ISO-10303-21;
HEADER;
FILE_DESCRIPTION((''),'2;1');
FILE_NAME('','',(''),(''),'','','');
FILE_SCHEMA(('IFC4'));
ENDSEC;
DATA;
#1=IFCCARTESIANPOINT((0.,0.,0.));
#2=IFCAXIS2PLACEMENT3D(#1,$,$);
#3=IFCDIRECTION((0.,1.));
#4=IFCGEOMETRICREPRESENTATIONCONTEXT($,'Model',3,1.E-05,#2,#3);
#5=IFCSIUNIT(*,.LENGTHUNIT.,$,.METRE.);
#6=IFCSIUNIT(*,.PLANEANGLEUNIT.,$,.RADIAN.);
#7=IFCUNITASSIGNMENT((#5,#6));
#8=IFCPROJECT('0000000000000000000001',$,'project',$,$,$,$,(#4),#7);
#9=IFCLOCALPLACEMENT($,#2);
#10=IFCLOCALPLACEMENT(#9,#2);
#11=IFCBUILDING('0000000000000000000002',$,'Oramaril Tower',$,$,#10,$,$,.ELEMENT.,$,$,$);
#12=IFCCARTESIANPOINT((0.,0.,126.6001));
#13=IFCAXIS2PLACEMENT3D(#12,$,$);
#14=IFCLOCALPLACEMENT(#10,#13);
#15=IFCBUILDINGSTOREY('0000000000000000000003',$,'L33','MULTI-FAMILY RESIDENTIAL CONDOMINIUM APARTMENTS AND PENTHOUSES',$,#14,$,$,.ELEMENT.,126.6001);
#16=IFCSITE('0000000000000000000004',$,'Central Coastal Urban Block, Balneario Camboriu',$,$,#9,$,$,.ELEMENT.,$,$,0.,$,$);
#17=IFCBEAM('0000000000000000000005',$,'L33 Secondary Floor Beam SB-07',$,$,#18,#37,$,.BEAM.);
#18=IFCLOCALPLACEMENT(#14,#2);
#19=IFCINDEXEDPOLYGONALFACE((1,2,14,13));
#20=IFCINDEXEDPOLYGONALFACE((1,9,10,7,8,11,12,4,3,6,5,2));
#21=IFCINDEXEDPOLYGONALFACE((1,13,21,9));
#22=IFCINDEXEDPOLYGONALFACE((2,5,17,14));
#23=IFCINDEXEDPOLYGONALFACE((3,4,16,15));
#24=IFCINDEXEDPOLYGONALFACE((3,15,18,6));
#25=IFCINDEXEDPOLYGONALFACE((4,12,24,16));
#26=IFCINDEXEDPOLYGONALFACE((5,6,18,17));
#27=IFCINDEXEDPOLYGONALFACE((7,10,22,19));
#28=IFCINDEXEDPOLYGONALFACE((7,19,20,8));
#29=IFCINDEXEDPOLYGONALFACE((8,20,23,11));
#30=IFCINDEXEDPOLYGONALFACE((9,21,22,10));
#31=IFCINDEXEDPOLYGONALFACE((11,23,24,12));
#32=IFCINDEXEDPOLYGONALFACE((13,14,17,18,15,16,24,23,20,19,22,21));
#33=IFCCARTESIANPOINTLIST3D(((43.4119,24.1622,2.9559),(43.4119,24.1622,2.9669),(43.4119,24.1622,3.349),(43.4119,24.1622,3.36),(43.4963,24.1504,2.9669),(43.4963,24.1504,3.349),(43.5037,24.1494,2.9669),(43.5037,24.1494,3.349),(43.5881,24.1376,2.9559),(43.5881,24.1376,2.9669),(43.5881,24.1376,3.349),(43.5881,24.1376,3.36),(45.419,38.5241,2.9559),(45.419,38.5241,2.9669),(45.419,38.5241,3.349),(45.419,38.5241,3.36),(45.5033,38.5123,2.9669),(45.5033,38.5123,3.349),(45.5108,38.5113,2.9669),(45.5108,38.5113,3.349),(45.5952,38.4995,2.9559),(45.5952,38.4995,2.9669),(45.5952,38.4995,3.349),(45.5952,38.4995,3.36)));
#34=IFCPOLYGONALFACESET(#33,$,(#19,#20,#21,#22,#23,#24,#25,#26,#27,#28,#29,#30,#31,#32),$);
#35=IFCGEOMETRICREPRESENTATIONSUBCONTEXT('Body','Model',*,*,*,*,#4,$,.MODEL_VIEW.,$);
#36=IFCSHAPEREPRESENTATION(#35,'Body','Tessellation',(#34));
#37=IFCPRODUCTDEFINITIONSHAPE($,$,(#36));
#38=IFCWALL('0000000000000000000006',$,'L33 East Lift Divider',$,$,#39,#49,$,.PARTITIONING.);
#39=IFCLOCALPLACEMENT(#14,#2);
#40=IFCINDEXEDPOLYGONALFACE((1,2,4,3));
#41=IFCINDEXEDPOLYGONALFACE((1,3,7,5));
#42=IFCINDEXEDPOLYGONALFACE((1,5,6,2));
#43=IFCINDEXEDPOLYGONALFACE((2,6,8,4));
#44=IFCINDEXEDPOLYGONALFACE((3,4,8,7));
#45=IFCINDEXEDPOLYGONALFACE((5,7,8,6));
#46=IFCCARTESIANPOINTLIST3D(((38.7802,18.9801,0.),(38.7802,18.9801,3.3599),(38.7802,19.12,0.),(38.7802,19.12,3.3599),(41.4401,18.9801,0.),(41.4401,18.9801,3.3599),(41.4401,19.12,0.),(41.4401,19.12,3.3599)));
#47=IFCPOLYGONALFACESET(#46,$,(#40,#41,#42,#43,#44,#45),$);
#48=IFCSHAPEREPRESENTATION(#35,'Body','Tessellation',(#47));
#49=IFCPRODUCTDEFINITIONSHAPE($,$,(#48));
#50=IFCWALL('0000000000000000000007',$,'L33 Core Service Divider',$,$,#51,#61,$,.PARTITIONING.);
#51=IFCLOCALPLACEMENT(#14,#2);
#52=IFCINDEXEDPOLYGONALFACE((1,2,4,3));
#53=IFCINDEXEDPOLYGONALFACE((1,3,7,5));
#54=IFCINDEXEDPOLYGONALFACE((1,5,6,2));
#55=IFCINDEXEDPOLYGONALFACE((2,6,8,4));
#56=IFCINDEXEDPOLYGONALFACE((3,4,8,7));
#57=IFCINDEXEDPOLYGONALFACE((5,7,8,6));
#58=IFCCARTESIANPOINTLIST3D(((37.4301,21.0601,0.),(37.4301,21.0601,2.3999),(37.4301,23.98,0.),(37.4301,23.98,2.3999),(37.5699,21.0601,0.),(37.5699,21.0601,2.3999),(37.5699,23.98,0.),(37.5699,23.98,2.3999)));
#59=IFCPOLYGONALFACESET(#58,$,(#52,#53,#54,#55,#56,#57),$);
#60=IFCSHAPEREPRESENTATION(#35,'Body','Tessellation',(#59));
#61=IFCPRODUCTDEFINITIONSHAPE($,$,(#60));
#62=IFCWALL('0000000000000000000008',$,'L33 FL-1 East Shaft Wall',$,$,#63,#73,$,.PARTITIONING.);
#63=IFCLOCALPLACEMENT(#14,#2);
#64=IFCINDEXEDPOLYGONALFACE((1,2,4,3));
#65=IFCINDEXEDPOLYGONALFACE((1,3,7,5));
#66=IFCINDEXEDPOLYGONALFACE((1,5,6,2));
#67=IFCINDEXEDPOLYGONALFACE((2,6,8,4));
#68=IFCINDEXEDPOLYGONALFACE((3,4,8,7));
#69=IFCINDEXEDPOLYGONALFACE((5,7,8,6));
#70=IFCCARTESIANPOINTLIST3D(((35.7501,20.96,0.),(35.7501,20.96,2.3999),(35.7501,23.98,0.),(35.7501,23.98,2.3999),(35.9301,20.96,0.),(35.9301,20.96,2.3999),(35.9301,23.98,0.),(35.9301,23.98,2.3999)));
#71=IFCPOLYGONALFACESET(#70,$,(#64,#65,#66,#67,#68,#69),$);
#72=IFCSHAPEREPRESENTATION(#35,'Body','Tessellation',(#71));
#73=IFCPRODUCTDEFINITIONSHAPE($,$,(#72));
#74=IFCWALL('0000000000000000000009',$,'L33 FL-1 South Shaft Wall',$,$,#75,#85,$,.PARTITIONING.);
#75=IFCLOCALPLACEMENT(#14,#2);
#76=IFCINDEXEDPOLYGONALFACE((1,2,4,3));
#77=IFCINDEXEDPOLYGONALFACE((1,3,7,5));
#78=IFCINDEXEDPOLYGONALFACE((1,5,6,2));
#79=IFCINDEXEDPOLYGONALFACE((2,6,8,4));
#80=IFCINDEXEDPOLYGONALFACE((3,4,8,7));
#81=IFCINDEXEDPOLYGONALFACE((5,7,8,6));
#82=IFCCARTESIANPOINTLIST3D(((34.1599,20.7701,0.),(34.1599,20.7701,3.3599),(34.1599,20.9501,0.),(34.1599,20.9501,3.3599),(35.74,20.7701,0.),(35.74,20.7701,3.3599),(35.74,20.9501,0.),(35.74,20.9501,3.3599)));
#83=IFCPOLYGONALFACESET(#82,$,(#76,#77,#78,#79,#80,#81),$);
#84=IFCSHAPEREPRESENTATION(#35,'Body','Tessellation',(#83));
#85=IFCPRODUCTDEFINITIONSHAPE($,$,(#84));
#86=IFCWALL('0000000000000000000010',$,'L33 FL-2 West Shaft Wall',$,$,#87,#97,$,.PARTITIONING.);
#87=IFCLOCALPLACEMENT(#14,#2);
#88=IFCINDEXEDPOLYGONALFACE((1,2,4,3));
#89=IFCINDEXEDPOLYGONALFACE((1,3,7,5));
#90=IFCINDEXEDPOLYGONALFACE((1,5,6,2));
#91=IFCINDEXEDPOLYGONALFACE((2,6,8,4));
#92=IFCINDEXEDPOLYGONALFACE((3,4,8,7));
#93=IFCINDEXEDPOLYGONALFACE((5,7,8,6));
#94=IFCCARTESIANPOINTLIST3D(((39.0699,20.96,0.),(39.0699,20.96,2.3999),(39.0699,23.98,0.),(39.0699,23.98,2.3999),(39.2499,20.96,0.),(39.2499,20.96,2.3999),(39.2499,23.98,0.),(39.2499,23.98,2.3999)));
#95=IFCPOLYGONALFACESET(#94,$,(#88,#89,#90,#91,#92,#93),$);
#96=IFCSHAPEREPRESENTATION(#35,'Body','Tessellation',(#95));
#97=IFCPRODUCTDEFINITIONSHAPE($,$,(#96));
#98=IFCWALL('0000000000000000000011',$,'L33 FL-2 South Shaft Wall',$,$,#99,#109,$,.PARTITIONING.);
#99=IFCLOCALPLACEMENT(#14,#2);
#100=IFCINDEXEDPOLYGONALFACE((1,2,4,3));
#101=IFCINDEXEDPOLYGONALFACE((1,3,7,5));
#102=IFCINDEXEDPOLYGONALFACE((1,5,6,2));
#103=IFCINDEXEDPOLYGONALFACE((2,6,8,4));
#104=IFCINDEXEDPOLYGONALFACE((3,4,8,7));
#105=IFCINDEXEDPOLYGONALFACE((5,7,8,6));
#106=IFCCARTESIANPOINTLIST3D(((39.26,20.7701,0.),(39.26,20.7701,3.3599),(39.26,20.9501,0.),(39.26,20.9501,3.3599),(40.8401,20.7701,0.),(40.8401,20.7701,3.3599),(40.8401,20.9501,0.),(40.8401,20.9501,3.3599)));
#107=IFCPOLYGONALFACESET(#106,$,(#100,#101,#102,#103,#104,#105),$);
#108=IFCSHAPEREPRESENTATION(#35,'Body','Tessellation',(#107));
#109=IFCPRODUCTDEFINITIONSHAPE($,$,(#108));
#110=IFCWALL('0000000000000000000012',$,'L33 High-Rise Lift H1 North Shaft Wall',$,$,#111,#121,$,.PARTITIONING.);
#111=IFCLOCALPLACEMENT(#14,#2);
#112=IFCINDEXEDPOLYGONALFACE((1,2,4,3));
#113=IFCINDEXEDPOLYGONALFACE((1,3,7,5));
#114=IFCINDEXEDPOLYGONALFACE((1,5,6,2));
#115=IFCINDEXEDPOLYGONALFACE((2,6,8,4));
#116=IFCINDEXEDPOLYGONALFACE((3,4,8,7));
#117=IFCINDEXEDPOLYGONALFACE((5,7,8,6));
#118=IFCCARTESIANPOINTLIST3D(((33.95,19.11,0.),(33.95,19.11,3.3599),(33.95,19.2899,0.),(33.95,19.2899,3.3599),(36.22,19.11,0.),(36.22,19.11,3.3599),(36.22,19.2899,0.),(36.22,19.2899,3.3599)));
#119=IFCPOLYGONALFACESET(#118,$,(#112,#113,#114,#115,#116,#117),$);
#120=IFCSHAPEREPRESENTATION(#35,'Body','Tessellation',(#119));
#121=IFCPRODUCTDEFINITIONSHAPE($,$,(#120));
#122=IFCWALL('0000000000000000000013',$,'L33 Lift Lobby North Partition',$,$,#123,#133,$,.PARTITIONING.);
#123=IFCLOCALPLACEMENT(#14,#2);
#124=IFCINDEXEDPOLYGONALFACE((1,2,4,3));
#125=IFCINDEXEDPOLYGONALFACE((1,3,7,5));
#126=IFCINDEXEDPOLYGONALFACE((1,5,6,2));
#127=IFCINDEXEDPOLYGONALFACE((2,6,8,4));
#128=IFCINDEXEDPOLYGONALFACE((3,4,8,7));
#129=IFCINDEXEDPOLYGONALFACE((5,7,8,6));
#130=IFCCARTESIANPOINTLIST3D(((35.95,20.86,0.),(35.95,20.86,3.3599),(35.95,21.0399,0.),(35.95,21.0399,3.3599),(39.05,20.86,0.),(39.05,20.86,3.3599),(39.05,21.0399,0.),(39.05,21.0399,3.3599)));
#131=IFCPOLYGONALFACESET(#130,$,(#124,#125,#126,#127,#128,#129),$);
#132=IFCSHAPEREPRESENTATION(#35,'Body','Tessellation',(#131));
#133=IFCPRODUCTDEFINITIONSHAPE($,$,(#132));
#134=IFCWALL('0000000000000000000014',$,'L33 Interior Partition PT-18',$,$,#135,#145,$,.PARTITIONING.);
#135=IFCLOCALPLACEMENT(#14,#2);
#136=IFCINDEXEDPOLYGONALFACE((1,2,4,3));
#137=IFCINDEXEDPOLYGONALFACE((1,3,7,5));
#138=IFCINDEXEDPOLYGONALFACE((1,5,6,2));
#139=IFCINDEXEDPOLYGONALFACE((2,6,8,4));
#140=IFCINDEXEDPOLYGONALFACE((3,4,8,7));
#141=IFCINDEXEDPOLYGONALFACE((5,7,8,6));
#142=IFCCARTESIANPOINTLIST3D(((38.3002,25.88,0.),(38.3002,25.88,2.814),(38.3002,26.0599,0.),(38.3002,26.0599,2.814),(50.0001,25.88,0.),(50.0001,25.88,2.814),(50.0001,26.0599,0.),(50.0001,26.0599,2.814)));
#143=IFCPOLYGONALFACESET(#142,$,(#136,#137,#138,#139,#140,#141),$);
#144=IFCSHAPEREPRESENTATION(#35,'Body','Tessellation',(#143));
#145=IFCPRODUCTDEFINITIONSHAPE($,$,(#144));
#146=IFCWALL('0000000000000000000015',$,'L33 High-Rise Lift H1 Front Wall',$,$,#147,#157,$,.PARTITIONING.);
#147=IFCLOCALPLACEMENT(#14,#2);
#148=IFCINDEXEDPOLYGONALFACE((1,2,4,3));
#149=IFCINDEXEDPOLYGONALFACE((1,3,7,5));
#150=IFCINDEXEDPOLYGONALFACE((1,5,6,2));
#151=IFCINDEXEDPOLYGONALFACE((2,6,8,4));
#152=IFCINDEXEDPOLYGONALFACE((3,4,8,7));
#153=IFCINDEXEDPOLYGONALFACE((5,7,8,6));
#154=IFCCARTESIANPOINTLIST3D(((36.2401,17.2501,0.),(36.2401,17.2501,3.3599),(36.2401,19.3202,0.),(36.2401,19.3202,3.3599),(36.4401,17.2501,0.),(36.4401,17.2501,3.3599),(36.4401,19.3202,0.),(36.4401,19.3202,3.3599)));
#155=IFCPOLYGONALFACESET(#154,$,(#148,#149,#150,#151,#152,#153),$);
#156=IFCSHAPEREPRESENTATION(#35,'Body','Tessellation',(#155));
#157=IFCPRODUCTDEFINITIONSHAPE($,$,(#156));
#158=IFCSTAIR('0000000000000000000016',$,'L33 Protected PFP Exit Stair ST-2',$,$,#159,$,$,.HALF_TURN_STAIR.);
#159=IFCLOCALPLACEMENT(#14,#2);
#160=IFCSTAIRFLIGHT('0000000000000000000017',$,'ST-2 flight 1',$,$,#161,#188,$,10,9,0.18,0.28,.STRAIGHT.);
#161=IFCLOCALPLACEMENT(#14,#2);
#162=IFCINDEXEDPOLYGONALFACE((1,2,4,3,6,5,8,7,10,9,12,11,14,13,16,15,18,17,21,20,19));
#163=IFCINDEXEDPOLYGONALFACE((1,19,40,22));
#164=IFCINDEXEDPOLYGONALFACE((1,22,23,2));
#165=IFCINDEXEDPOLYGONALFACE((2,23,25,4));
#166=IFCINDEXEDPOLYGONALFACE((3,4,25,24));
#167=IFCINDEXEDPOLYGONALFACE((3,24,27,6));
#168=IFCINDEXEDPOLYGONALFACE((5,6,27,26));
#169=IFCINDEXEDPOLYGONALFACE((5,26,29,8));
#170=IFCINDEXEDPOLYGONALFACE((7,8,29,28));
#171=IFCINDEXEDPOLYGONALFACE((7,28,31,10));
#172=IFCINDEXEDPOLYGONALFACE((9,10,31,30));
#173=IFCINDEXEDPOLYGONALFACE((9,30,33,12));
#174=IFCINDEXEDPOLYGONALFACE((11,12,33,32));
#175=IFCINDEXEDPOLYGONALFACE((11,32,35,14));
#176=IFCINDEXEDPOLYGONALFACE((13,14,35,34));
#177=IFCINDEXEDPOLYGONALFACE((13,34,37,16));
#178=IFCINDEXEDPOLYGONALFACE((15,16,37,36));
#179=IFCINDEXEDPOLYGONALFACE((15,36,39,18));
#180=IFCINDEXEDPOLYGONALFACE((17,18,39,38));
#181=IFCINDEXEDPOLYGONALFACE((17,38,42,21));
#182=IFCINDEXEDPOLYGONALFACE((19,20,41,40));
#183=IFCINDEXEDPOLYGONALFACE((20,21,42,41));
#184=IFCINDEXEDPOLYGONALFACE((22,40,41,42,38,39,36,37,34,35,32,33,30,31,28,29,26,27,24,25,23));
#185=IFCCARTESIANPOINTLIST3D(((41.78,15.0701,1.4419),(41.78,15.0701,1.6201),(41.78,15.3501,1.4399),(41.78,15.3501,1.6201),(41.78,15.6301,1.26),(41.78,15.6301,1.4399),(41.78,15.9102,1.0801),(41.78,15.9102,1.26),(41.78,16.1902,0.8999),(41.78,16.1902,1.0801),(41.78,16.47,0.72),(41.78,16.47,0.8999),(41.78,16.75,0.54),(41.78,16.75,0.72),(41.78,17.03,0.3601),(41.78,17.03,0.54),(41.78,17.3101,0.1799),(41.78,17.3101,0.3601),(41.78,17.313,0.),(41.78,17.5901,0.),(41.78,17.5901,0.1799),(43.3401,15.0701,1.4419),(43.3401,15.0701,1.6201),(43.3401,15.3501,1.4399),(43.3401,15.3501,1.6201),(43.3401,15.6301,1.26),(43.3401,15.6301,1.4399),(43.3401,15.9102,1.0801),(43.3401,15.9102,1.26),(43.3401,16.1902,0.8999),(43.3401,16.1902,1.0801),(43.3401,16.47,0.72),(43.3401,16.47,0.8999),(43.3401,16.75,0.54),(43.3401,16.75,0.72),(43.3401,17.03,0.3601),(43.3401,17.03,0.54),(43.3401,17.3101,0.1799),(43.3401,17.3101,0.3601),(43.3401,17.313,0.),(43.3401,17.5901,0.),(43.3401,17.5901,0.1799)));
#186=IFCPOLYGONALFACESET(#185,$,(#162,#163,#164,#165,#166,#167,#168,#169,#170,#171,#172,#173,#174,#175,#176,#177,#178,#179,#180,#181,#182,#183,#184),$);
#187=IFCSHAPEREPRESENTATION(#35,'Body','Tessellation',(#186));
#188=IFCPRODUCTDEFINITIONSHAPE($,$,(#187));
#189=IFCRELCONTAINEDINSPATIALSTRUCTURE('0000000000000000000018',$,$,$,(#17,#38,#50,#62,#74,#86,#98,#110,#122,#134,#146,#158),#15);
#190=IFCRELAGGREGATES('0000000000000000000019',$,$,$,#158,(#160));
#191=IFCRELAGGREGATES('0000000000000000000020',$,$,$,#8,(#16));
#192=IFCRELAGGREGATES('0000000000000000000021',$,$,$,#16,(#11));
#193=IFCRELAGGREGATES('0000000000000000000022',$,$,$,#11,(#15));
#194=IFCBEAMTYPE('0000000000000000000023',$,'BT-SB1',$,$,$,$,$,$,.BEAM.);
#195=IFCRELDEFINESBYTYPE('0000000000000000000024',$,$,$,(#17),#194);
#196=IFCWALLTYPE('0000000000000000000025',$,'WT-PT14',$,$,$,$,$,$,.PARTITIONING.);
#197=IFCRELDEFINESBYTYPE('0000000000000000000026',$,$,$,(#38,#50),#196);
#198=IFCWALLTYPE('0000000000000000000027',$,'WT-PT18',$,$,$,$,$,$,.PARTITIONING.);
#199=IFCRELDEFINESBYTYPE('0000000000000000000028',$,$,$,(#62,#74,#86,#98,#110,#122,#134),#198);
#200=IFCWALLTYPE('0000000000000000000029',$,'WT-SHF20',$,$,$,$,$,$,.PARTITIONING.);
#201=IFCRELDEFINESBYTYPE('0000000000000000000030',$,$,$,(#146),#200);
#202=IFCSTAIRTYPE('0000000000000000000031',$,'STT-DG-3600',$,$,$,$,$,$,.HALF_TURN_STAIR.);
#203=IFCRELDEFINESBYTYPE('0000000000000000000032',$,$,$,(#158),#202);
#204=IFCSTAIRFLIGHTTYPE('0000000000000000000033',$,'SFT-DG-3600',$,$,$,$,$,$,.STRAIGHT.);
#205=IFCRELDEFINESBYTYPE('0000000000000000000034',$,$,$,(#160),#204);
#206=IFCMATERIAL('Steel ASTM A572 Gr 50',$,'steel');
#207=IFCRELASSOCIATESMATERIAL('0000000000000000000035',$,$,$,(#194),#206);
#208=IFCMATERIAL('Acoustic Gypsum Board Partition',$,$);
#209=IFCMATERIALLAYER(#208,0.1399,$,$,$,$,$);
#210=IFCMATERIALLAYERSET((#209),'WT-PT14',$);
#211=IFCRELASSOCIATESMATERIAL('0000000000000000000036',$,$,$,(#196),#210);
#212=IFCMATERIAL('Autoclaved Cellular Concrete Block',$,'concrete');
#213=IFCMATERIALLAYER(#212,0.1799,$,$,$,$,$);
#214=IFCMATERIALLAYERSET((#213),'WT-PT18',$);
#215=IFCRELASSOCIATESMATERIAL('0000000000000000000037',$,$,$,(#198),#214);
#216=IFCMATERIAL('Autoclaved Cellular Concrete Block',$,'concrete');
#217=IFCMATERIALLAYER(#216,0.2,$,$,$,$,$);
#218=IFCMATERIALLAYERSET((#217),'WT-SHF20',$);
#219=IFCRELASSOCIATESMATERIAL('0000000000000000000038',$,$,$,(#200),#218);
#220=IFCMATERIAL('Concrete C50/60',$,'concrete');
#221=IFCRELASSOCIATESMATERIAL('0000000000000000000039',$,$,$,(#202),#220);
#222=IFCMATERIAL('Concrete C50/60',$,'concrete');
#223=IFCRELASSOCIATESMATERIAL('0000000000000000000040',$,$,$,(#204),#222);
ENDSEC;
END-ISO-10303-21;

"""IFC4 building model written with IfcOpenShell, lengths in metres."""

from ifc_helpers import new_model, si_unit, direction, frame, frame_2d, origin, origin_2d, place, context, subcontext, project, spatial, polyline, rectangle, i_section, outline, extrude, material, layer, layer_set, material_profile, profile_set, type_object, element, aggregate, save


model = new_model("IFC4")

# Units and contexts
model_context = context("Model", 3, precision=1e-05, world=origin(), true_north=direction((0.0, 1.0)))
body_context = subcontext(model_context, "Body", "Model", "MODEL_VIEW")
ifc_project = project(units=[si_unit("LENGTHUNIT", "METRE"), si_unit("PLANEANGLEUNIT", "RADIAN")], contexts=[model_context])

# Site, building, storey
site_placement = place(None, origin())
site = spatial("IfcSite", under=ifc_project, at=site_placement, Name="Central Coastal Urban Block, Balneario Camboriu", CompositionType="ELEMENT", RefElevation=0.0)
building_placement = place(site_placement, origin())
building = spatial("IfcBuilding", under=site, at=building_placement, Name="Oramaril Tower", CompositionType="ELEMENT")
storey_placement = place(building_placement, frame((0.0, 0.0, 126.6001)))
storey = spatial("IfcBuildingStorey", under=building, at=storey_placement, Name="L33", Description="MULTI-FAMILY RESIDENTIAL CONDOMINIUM APARTMENTS AND PENTHOUSES", CompositionType="ELEMENT", Elevation=126.6001)

# Beam
ifc_material_1 = material(Name="Steel ASTM A572 Gr 50", Category="steel")
ifc_material_profile = material_profile(ifc_material_1, i_section(OverallWidth=0.178, OverallDepth=0.4041, WebThickness=0.0076, FlangeThickness=0.011, at=origin_2d()), Name="W16X36")
ifc_profile_set = profile_set([ifc_material_profile], Name="Steel ASTM A572 Gr 50")
beam_type = type_object("IfcBeamType", Name="BT-SB1", PredefinedType="BEAM", material=ifc_profile_set)
beam_placement = place(storey_placement, frame((43.5, 24.1499, 3.158), z_axis=(0.138406, 0.990376, 0.0), x_axis=(-0.990376, 0.138406, 0.0)))
element("IfcBeam", 1, at=beam_placement, inside=storey, type_object=beam_type, Name="L33 Secondary Floor Beam SB-07", PredefinedType="BEAM", context=body_context, shape_type="SweptSolid", body=[
    extrude(i_section(OverallWidth=0.178, OverallDepth=0.4041, WebThickness=0.0076, FlangeThickness=0.011, at=origin_2d()), origin(), (0.0, 0.0, 1.0), 14.5015),
])

# Walls
ifc_material_2 = material(Name="Acoustic Gypsum Board Partition")
ifc_layer_1 = layer(ifc_material_2, 0.1399)
ifc_layer_set_1 = layer_set([ifc_layer_1], Name="WT-PT14")
wall_type_1 = type_object("IfcWallType", Name="WT-PT14", PredefinedType="PARTITIONING", material=ifc_layer_set_1)
wall_1_placement = place(storey_placement, frame((38.78, 19.05, 0.0), z_axis=(0.0, 0.0, 1.0), x_axis=(1.0, 0.0, 0.0)))
element("IfcWall", 2, at=wall_1_placement, inside=storey, type_object=wall_type_1, Name="L33 East Lift Divider", PredefinedType="PARTITIONING", context=body_context, shape_type="SweptSolid", body=[
    extrude(rectangle(XDim=2.6599, YDim=0.1399, at=frame_2d((1.3301, 0.0))), origin(), (0.0, 0.0, 1.0), 3.3599),
])
wall_2_placement = place(storey_placement, frame((37.5, 21.0601, 0.0), z_axis=(0.0, 0.0, 1.0), x_axis=(0.0, 1.0, 0.0)))
element("IfcWall", 3, at=wall_2_placement, inside=storey, type_object=wall_type_1, Name="L33 Core Service Divider", PredefinedType="PARTITIONING", context=body_context, shape_type="SweptSolid", body=[
    extrude(rectangle(XDim=2.9199, YDim=0.1399, at=frame_2d((1.46, 0.0))), origin(), (0.0, 0.0, 1.0), 2.3999),
])
ifc_material_3 = material(Name="Autoclaved Cellular Concrete Block", Category="concrete")
ifc_layer_2 = layer(ifc_material_3, 0.1799)
ifc_layer_set_2 = layer_set([ifc_layer_2], Name="WT-PT18")
wall_type_2 = type_object("IfcWallType", Name="WT-PT18", PredefinedType="PARTITIONING", material=ifc_layer_set_2)
wall_3_placement = place(storey_placement, frame((35.8401, 20.96, 0.0), z_axis=(0.0, 0.0, 1.0), x_axis=(0.0, 1.0, 0.0)))
element("IfcWall", 4, at=wall_3_placement, inside=storey, type_object=wall_type_2, Name="L33 FL-1 East Shaft Wall", PredefinedType="PARTITIONING", context=body_context, shape_type="SweptSolid", body=[
    extrude(rectangle(XDim=3.02, YDim=0.1799, at=frame_2d((1.51, 0.0))), origin(), (0.0, 0.0, 1.0), 2.3999),
])
wall_4_placement = place(storey_placement, frame((34.1599, 20.8601, 0.0), z_axis=(0.0, 0.0, 1.0), x_axis=(1.0, 0.0, 0.0)))
element("IfcWall", 5, at=wall_4_placement, inside=storey, type_object=wall_type_2, Name="L33 FL-1 South Shaft Wall", PredefinedType="PARTITIONING", context=body_context, shape_type="SweptSolid", body=[
    extrude(rectangle(XDim=1.5801, YDim=0.1799, at=frame_2d((0.79, 0.0))), origin(), (0.0, 0.0, 1.0), 3.3599),
])
wall_5_placement = place(storey_placement, frame((39.1599, 20.96, 0.0), z_axis=(0.0, 0.0, 1.0), x_axis=(0.0, 1.0, 0.0)))
element("IfcWall", 6, at=wall_5_placement, inside=storey, type_object=wall_type_2, Name="L33 FL-2 West Shaft Wall", PredefinedType="PARTITIONING", context=body_context, shape_type="SweptSolid", body=[
    extrude(rectangle(XDim=3.02, YDim=0.1799, at=frame_2d((1.51, 0.0))), origin(), (0.0, 0.0, 1.0), 2.3999),
])
wall_6_placement = place(storey_placement, frame((39.26, 20.8601, 0.0), z_axis=(0.0, 0.0, 1.0), x_axis=(1.0, 0.0, 0.0)))
element("IfcWall", 7, at=wall_6_placement, inside=storey, type_object=wall_type_2, Name="L33 FL-2 South Shaft Wall", PredefinedType="PARTITIONING", context=body_context, shape_type="SweptSolid", body=[
    extrude(rectangle(XDim=1.5801, YDim=0.1799, at=frame_2d((0.79, 0.0))), origin(), (0.0, 0.0, 1.0), 3.3599),
])
wall_7_placement = place(storey_placement, frame((33.95, 19.2, 0.0), z_axis=(0.0, 0.0, 1.0), x_axis=(1.0, 0.0, 0.0)))
element("IfcWall", 8, at=wall_7_placement, inside=storey, type_object=wall_type_2, Name="L33 High-Rise Lift H1 North Shaft Wall", PredefinedType="PARTITIONING", context=body_context, shape_type="SweptSolid", body=[
    extrude(rectangle(XDim=2.27, YDim=0.1799, at=frame_2d((1.135, 0.0))), origin(), (0.0, 0.0, 1.0), 3.3599),
])
wall_8_placement = place(storey_placement, frame((35.95, 20.95, 0.0), z_axis=(0.0, 0.0, 1.0), x_axis=(1.0, 0.0, 0.0)))
element("IfcWall", 9, at=wall_8_placement, inside=storey, type_object=wall_type_2, Name="L33 Lift Lobby North Partition", PredefinedType="PARTITIONING", context=body_context, shape_type="SweptSolid", body=[
    extrude(rectangle(XDim=3.1001, YDim=0.1799, at=frame_2d((1.55, 0.0))), origin(), (0.0, 0.0, 1.0), 3.3599),
])
wall_9_placement = place(storey_placement, frame((38.3, 25.97, 0.0), z_axis=(0.0, 0.0, 1.0), x_axis=(1.0, 0.0, 0.0)))
element("IfcWall", 10, at=wall_9_placement, inside=storey, type_object=wall_type_2, Name="L33 Interior Partition PT-18", PredefinedType="PARTITIONING", context=body_context, shape_type="SweptSolid", body=[
    extrude(rectangle(XDim=11.7, YDim=0.1799, at=frame_2d((5.8501, 0.0))), origin(), (0.0, 0.0, 1.0), 2.814),
])

# Shared definitions
ifc_material_4 = material(Name="Autoclaved Cellular Concrete Block", Category="concrete")
ifc_layer_3 = layer(ifc_material_4, 0.2)
ifc_layer_set_3 = layer_set([ifc_layer_3], Name="WT-SHF20")
wall_type_3 = type_object("IfcWallType", Name="WT-SHF20", PredefinedType="PARTITIONING", material=ifc_layer_set_3)

# Wall
wall_10_placement = place(storey_placement, frame((36.3401, 17.25, 0.0), z_axis=(0.0, 0.0, 1.0), x_axis=(0.0, 1.0, 0.0)))
element("IfcWall", 11, at=wall_10_placement, inside=storey, type_object=wall_type_3, Name="L33 High-Rise Lift H1 Front Wall", PredefinedType="PARTITIONING", context=body_context, shape_type="SweptSolid", body=[
    extrude(rectangle(XDim=2.0701, YDim=0.2, at=frame_2d((1.0352, 0.0))), origin(), (0.0, 0.0, 1.0), 3.3599),
])

# Stair, stair flight
ifc_material_5 = material(Name="Concrete C50/60", Category="concrete")
stair_type = type_object("IfcStairType", Name="STT-DG-3600", PredefinedType="HALF_TURN_STAIR", material=ifc_material_5)
stair_placement = place(storey_placement, origin())
stair = element("IfcStair", 12, at=stair_placement, inside=storey, type_object=stair_type, Name="L33 Protected PFP Exit Stair ST-2", PredefinedType="HALF_TURN_STAIR")
ifc_material_6 = material(Name="Concrete C50/60", Category="concrete")
stair_flight_type = type_object("IfcStairFlightType", Name="SFT-DG-3600", PredefinedType="STRAIGHT", material=ifc_material_6)
stair_flight_placement = place(storey_placement, frame((42.5601, 17.5901, 0.0), z_axis=(0.0, 0.0, 1.0), x_axis=(0.0, -1.0, 0.0)))
stair_flight = element("IfcStairFlight", 13, at=stair_flight_placement, type_object=stair_flight_type, Name="ST-2 flight 1", NumberOfRisers=10, NumberOfTreads=9, PredefinedType="STRAIGHT", RiserHeight=0.18, TreadLength=0.28, context=body_context, shape_type="SweptSolid", body=[
    extrude(outline(polyline([(0.0, 0.0), (0.0, 0.1799), (0.28, 0.1799), (0.28, 0.3601), (0.5601, 0.3601), (0.5601, 0.54), (0.8401, 0.54), (0.8401, 0.72), (1.1201, 0.72), (1.1201, 0.8999), (1.3999, 0.8999), (1.3999, 1.0801), (1.6799, 1.0801), (1.6799, 1.26), (1.96, 1.26), (1.96, 1.4399), (2.24, 1.4399), (2.24, 1.6201), (2.52, 1.6201), (2.52, 1.8), (2.52, 1.4419), (0.2771, 0.0), (0.0, 0.0)])), frame((0.0, 0.78, 0.0), z_axis=(0.0, -1.0, 0.0), x_axis=(1.0, 0.0, 0.0)), (0.0, 0.0, 1.0), 1.5601),
])
aggregate(stair, [stair_flight])

save(model, "model.ifc")
